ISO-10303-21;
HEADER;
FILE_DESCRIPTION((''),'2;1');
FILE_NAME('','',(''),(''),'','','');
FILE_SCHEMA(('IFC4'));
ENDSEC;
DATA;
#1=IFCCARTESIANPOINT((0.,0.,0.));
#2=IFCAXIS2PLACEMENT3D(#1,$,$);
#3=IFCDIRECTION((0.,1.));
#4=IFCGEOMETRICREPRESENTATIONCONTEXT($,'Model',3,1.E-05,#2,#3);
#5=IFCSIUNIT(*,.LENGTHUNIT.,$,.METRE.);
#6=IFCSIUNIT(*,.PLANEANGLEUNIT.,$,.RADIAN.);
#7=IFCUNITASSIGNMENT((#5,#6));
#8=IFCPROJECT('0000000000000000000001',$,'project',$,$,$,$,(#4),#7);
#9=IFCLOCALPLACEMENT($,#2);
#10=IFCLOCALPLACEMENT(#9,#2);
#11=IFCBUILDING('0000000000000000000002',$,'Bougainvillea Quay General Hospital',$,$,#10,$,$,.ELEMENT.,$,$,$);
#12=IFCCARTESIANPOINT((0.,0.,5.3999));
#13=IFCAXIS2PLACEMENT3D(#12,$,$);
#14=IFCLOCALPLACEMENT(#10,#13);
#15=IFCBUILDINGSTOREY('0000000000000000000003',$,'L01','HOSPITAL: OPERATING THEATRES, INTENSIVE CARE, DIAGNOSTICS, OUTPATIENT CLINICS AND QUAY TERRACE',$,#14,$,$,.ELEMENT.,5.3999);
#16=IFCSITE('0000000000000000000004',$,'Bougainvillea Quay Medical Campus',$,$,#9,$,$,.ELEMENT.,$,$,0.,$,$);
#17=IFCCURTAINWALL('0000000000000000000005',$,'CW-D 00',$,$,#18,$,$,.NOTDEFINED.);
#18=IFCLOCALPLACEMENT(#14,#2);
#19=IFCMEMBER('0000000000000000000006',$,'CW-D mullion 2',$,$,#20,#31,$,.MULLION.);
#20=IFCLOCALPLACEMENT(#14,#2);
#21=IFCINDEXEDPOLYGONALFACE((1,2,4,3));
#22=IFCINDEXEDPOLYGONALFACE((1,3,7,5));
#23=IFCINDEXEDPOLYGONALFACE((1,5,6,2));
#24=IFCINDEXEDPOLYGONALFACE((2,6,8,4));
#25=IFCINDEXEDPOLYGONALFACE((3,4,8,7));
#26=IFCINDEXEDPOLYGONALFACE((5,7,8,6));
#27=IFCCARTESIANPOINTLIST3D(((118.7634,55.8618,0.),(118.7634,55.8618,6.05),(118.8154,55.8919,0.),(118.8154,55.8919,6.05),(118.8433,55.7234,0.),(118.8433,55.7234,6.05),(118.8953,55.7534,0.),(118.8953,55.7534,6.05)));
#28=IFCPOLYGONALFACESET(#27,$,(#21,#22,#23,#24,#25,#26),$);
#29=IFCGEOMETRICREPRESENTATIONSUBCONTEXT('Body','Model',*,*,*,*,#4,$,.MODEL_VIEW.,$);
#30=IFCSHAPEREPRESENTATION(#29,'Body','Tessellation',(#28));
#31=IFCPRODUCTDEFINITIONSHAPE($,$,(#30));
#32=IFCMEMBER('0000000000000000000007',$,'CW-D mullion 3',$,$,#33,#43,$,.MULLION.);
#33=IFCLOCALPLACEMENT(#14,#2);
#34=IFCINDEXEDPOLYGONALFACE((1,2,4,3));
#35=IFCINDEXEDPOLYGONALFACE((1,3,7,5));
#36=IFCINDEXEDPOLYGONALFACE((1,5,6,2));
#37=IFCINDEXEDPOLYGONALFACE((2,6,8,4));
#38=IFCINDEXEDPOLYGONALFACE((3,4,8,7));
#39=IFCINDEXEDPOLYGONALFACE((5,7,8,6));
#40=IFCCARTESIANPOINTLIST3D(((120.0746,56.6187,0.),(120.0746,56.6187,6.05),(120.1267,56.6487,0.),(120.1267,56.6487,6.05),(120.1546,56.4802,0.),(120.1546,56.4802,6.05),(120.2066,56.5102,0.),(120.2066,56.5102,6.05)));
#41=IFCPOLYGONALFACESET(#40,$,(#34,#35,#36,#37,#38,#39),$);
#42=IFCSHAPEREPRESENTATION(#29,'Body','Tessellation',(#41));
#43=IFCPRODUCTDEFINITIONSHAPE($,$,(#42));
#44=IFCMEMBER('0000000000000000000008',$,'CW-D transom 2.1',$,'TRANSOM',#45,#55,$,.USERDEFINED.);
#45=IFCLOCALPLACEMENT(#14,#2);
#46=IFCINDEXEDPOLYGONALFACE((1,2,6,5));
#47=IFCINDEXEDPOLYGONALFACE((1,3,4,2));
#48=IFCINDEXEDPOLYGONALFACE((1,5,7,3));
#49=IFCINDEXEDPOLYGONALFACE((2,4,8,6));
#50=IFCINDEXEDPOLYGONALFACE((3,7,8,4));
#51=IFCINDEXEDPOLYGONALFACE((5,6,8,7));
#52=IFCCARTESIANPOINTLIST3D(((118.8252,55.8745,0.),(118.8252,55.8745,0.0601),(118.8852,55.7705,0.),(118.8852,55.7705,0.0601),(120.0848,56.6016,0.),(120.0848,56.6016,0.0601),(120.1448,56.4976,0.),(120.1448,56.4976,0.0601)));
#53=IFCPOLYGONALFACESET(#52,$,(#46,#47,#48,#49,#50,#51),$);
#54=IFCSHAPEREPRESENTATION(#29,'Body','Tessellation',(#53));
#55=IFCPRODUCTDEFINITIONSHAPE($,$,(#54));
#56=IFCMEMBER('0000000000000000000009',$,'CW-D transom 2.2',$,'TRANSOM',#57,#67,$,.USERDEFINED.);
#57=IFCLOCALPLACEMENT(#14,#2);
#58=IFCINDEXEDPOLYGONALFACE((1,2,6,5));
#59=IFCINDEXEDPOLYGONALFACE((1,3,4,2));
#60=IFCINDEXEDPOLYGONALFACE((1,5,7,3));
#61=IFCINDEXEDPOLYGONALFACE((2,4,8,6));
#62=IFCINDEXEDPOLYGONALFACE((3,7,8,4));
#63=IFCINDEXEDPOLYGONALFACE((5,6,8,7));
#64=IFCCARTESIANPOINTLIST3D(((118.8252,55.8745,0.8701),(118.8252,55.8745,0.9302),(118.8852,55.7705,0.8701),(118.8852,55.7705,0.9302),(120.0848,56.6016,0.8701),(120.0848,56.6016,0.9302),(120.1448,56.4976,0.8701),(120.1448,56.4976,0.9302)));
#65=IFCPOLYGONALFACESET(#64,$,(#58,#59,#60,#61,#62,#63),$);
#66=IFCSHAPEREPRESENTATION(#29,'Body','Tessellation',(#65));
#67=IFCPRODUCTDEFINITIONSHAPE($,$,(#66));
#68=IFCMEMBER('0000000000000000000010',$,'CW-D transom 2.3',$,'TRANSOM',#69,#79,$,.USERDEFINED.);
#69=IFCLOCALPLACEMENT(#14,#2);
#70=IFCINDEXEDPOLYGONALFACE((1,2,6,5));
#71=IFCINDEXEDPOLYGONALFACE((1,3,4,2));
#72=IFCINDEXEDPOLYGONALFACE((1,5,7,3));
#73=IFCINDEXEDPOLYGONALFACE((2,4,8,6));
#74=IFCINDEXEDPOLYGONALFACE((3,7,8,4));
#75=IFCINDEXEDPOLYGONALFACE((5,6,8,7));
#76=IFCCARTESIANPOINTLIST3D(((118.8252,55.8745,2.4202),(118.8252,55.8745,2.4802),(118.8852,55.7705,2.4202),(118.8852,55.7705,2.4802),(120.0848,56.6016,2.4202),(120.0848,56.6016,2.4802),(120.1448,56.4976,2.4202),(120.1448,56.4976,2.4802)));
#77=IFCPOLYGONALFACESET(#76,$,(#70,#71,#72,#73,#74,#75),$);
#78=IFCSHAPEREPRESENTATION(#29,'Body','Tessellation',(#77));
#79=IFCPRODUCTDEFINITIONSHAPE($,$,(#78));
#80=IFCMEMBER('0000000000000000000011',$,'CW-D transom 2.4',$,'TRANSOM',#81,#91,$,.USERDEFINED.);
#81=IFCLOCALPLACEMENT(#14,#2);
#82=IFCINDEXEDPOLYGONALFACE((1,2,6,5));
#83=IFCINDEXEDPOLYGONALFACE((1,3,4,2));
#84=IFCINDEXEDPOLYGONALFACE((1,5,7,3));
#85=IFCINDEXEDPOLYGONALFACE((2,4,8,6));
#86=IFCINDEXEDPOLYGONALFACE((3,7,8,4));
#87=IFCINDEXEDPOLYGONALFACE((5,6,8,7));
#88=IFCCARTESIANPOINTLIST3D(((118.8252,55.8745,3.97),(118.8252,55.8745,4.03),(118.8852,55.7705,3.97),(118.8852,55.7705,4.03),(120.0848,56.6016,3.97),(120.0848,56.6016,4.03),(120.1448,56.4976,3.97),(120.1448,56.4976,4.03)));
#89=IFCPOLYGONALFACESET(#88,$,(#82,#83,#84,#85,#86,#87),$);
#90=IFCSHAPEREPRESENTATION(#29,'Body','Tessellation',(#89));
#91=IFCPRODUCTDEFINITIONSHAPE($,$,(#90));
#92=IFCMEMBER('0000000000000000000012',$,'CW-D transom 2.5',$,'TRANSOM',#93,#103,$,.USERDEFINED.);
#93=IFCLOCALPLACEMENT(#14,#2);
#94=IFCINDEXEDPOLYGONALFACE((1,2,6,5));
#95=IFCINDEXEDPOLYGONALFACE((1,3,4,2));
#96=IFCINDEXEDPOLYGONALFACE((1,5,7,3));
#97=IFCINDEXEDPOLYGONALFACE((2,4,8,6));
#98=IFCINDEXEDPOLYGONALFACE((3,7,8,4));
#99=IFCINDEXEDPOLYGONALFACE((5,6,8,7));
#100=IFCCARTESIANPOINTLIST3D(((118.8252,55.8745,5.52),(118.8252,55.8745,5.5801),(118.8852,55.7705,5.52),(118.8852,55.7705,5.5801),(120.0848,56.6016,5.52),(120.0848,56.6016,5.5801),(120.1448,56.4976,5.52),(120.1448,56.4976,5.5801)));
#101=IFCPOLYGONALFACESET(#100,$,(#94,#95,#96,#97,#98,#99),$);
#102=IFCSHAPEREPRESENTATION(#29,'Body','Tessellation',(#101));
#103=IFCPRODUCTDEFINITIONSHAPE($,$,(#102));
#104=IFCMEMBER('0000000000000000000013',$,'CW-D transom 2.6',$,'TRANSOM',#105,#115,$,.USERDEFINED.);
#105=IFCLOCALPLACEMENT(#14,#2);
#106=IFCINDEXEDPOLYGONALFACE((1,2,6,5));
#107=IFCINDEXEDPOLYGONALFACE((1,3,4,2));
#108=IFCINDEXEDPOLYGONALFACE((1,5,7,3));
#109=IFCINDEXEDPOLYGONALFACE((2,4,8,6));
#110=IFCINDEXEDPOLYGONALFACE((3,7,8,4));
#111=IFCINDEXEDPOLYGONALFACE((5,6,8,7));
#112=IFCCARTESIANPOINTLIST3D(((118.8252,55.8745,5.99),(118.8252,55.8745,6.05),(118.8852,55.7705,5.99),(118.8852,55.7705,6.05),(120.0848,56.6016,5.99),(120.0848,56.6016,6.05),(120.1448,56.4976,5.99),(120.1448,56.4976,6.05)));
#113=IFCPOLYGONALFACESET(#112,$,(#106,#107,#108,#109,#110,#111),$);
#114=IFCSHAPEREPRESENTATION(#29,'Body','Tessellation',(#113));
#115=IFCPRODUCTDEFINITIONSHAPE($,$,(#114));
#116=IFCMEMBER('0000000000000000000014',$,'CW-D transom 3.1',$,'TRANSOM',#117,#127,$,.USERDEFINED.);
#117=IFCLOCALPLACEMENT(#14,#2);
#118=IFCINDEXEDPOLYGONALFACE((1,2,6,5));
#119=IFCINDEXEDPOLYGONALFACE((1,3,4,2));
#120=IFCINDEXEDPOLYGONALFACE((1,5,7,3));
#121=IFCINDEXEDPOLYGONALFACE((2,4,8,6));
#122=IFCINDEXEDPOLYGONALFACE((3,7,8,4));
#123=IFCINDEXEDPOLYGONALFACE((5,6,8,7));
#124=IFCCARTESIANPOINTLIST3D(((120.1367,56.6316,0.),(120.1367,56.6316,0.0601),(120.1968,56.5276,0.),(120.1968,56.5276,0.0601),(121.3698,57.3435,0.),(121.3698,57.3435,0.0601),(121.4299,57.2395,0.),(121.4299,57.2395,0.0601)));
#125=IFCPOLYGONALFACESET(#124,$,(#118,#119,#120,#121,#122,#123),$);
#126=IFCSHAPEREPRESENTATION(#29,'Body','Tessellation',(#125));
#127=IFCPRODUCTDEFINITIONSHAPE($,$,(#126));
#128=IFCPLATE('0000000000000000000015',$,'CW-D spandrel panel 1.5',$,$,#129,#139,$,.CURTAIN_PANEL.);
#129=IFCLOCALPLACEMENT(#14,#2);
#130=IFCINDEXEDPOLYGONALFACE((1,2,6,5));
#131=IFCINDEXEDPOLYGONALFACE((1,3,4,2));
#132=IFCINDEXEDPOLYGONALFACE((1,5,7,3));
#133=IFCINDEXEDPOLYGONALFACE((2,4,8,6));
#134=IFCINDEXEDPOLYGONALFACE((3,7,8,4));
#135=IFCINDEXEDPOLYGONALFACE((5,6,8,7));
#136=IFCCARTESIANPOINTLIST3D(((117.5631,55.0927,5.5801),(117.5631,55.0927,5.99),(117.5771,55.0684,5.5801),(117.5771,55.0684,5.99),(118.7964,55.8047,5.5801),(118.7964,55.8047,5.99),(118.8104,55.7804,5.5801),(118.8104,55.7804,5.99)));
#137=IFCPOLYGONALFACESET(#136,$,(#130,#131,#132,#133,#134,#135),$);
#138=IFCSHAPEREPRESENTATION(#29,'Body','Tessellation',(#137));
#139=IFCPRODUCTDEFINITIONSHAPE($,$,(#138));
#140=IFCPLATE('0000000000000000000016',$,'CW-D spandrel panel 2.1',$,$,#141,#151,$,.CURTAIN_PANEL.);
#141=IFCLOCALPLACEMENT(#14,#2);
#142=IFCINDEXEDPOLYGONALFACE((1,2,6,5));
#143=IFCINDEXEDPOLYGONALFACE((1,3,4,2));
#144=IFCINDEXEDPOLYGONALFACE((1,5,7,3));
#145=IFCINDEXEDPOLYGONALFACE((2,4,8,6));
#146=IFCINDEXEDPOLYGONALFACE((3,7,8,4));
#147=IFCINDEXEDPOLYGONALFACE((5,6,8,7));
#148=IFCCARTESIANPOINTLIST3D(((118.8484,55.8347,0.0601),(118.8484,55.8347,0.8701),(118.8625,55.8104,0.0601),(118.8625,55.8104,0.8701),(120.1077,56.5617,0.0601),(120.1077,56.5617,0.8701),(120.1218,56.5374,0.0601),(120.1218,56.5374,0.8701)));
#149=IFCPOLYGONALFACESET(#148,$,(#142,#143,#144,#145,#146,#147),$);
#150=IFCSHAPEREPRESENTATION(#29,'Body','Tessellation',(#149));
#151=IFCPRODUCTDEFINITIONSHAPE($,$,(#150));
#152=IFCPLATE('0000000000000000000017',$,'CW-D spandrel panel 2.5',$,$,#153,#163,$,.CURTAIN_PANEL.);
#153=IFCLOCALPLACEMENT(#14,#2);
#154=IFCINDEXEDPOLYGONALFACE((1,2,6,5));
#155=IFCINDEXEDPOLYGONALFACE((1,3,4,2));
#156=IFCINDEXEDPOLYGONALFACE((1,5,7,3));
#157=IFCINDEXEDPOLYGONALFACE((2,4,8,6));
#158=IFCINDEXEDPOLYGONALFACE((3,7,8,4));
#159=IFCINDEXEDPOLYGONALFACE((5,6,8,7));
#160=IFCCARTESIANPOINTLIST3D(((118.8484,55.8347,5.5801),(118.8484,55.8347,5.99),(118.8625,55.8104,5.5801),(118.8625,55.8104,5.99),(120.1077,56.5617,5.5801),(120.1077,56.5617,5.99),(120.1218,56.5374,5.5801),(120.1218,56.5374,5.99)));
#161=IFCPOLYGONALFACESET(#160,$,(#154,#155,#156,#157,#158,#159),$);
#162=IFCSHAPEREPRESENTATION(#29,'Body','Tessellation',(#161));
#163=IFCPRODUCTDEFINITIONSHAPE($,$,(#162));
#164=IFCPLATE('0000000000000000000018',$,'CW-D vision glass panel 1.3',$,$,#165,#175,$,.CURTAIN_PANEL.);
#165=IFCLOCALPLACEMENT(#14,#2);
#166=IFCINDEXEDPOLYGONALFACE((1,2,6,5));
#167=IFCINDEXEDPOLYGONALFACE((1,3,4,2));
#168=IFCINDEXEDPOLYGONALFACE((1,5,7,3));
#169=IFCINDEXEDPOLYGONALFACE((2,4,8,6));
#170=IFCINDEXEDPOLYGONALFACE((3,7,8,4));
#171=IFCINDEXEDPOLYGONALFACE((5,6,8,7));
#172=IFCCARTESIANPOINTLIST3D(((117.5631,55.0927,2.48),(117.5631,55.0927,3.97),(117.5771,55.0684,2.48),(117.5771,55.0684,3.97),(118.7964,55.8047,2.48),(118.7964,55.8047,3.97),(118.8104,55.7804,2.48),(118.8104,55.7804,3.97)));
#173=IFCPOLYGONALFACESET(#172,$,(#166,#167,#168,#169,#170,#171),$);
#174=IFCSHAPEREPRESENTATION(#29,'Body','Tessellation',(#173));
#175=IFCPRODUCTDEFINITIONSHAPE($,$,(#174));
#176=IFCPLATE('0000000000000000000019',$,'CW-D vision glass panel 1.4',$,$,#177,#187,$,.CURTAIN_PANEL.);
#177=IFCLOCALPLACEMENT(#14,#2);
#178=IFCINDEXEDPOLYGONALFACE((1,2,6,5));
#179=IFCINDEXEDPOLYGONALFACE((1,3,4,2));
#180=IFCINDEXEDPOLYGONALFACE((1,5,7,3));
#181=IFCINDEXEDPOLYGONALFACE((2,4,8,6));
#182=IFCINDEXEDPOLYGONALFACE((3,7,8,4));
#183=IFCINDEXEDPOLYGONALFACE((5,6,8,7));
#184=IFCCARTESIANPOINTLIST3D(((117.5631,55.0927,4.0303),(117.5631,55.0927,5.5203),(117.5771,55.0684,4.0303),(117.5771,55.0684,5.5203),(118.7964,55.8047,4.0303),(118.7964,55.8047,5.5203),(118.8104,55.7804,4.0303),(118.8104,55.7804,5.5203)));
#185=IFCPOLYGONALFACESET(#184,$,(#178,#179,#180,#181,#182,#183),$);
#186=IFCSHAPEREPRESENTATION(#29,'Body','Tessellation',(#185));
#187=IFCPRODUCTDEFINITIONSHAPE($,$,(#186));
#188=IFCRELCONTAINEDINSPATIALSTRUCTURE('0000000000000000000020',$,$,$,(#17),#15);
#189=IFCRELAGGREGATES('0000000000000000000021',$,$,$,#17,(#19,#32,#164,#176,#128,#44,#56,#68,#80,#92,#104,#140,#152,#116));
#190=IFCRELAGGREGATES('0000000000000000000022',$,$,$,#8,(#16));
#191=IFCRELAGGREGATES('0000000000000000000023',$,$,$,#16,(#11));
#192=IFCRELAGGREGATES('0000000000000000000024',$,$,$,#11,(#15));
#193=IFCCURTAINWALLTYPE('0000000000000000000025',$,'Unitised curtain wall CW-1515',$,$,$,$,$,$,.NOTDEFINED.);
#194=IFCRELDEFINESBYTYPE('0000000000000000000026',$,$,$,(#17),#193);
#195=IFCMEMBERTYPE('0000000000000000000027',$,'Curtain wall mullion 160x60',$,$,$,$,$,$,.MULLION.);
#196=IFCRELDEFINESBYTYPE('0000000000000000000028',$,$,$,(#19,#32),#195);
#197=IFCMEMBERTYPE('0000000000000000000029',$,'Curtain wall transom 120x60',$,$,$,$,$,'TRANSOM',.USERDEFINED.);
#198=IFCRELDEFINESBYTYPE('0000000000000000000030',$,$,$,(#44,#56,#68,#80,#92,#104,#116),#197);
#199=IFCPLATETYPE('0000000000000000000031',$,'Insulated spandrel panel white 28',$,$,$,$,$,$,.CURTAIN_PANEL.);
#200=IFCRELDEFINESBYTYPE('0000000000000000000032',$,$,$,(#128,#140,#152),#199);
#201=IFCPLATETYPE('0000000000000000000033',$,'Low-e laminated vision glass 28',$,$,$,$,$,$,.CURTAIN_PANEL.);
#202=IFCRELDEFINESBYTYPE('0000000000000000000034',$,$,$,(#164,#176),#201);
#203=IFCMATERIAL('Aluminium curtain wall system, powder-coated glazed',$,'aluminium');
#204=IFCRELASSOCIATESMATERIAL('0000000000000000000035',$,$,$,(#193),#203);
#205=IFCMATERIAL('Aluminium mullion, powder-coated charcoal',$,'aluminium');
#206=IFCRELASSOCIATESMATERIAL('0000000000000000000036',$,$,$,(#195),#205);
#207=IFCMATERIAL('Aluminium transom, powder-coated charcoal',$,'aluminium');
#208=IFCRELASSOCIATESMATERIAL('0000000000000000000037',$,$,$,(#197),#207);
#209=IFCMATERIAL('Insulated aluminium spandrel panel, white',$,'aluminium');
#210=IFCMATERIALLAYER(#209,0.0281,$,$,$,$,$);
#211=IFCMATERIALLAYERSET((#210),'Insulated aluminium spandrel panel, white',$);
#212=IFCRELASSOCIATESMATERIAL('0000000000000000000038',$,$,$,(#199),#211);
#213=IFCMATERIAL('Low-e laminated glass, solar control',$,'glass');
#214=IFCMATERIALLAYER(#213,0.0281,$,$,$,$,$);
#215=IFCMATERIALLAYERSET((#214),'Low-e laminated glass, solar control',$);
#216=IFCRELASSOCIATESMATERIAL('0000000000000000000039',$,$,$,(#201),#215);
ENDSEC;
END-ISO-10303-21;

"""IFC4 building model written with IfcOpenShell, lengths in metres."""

from ifc_helpers import new_model, si_unit, direction, frame, origin, origin_2d, place, context, subcontext, project, spatial, rectangle, extrude, material, layer, layer_set, material_profile, profile_set, type_object, element, aggregate, save


model = new_model("IFC4")

# Units and contexts
model_context = context("Model", 3, precision=1e-05, world=origin(), true_north=direction((0.0, 1.0)))
body_context = subcontext(model_context, "Body", "Model", "MODEL_VIEW")
ifc_project = project(units=[si_unit("LENGTHUNIT", "METRE"), si_unit("PLANEANGLEUNIT", "RADIAN")], contexts=[model_context])

# Site, building, storey
site_placement = place(None, origin())
site = spatial("IfcSite", under=ifc_project, at=site_placement, Name="Bougainvillea Quay Medical Campus", CompositionType="ELEMENT", RefElevation=0.0)
building_placement = place(site_placement, origin())
building = spatial("IfcBuilding", under=site, at=building_placement, Name="Bougainvillea Quay General Hospital", CompositionType="ELEMENT")
storey_placement = place(building_placement, frame((0.0, 0.0, 5.3999)))
storey = spatial("IfcBuildingStorey", under=building, at=storey_placement, Name="L01", Description="HOSPITAL: OPERATING THEATRES, INTENSIVE CARE, DIAGNOSTICS, OUTPATIENT CLINICS AND QUAY TERRACE", CompositionType="ELEMENT", Elevation=5.3999)

# Curtain wall, members, plates
ifc_material_1 = material(Name="Aluminium curtain wall system, powder-coated glazed", Category="aluminium")
curtain_wall_type = type_object("IfcCurtainWallType", Name="Unitised curtain wall CW-1515", PredefinedType="NOTDEFINED", material=ifc_material_1)
curtain_wall_placement = place(storey_placement, origin())
curtain_wall = element("IfcCurtainWall", 1, at=curtain_wall_placement, inside=storey, type_object=curtain_wall_type, Name="CW-D 00", PredefinedType="NOTDEFINED")
ifc_material_2 = material(Name="Aluminium mullion, powder-coated charcoal", Category="aluminium")
ifc_material_profile_1 = material_profile(ifc_material_2, rectangle(XDim=0.1599, YDim=0.0601, at=origin_2d()))
ifc_profile_set_1 = profile_set([ifc_material_profile_1], Name="Aluminium mullion, powder-coated charcoal")
member_type_1 = type_object("IfcMemberType", Name="Curtain wall mullion 160x60", PredefinedType="MULLION", material=ifc_profile_set_1)
member_1_placement = place(storey_placement, frame((118.8293, 55.8076, 0.0), z_axis=(0.0, 0.0, 1.0), x_axis=(-0.499965, 0.866046, 0.0)))
member_1 = element("IfcMember", 2, at=member_1_placement, type_object=member_type_1, Name="CW-D mullion 2", PredefinedType="MULLION", context=body_context, shape_type="SweptSolid", body=[
    extrude(rectangle(XDim=0.1599, YDim=0.0601, at=origin_2d()), origin(), (0.0, 0.0, 1.0), 6.05),
])
member_2_placement = place(storey_placement, frame((120.1406, 56.5645, 0.0), z_axis=(0.0, 0.0, 1.0), x_axis=(-0.499965, 0.866046, 0.0)))
member_2 = element("IfcMember", 3, at=member_2_placement, type_object=member_type_1, Name="CW-D mullion 3", PredefinedType="MULLION", context=body_context, shape_type="SweptSolid", body=[
    extrude(rectangle(XDim=0.1599, YDim=0.0601, at=origin_2d()), origin(), (0.0, 0.0, 1.0), 6.05),
])
ifc_material_3 = material(Name="Aluminium transom, powder-coated charcoal", Category="aluminium")
ifc_material_profile_2 = material_profile(ifc_material_3, rectangle(XDim=0.1201, YDim=0.0601, at=origin_2d()))
ifc_profile_set_2 = profile_set([ifc_material_profile_2], Name="Aluminium transom, powder-coated charcoal")
member_type_2 = type_object("IfcMemberType", Name="Curtain wall transom 120x60", ElementType="TRANSOM", PredefinedType="USERDEFINED", material=ifc_profile_set_2)
member_3_placement = place(storey_placement, frame((118.8552, 55.8225, 0.03), z_axis=(0.866065, 0.499931, 0.0), x_axis=(-0.499931, 0.866065, 0.0)))
member_3 = element("IfcMember", 4, at=member_3_placement, type_object=member_type_2, Name="CW-D transom 2.1", ObjectType="TRANSOM", PredefinedType="USERDEFINED", context=body_context, shape_type="SweptSolid", body=[
    extrude(rectangle(XDim=0.1201, YDim=0.0601, at=origin_2d()), origin(), (0.0, 0.0, 1.0), 1.4543),
])
member_4_placement = place(storey_placement, frame((118.8552, 55.8225, 0.9001), z_axis=(0.866065, 0.499931, 0.0), x_axis=(-0.499931, 0.866065, 0.0)))
member_4 = element("IfcMember", 5, at=member_4_placement, type_object=member_type_2, Name="CW-D transom 2.2", ObjectType="TRANSOM", PredefinedType="USERDEFINED", context=body_context, shape_type="SweptSolid", body=[
    extrude(rectangle(XDim=0.1201, YDim=0.0601, at=origin_2d()), origin(), (0.0, 0.0, 1.0), 1.4543),
])
member_5_placement = place(storey_placement, frame((118.8552, 55.8225, 2.4502), z_axis=(0.866065, 0.499931, 0.0), x_axis=(-0.499931, 0.866065, 0.0)))
member_5 = element("IfcMember", 6, at=member_5_placement, type_object=member_type_2, Name="CW-D transom 2.3", ObjectType="TRANSOM", PredefinedType="USERDEFINED", context=body_context, shape_type="SweptSolid", body=[
    extrude(rectangle(XDim=0.1201, YDim=0.0601, at=origin_2d()), origin(), (0.0, 0.0, 1.0), 1.4543),
])
member_6_placement = place(storey_placement, frame((118.8552, 55.8225, 4.0), z_axis=(0.866065, 0.499931, 0.0), x_axis=(-0.499931, 0.866065, 0.0)))
member_6 = element("IfcMember", 7, at=member_6_placement, type_object=member_type_2, Name="CW-D transom 2.4", ObjectType="TRANSOM", PredefinedType="USERDEFINED", context=body_context, shape_type="SweptSolid", body=[
    extrude(rectangle(XDim=0.1201, YDim=0.0601, at=origin_2d()), origin(), (0.0, 0.0, 1.0), 1.4543),
])
member_7_placement = place(storey_placement, frame((118.8552, 55.8225, 5.55), z_axis=(0.866065, 0.499931, 0.0), x_axis=(-0.499931, 0.866065, 0.0)))
member_7 = element("IfcMember", 8, at=member_7_placement, type_object=member_type_2, Name="CW-D transom 2.5", ObjectType="TRANSOM", PredefinedType="USERDEFINED", context=body_context, shape_type="SweptSolid", body=[
    extrude(rectangle(XDim=0.1201, YDim=0.0601, at=origin_2d()), origin(), (0.0, 0.0, 1.0), 1.4543),
])
member_8_placement = place(storey_placement, frame((118.8552, 55.8225, 6.02), z_axis=(0.866065, 0.499931, 0.0), x_axis=(-0.499931, 0.866065, 0.0)))
member_8 = element("IfcMember", 9, at=member_8_placement, type_object=member_type_2, Name="CW-D transom 2.6", ObjectType="TRANSOM", PredefinedType="USERDEFINED", context=body_context, shape_type="SweptSolid", body=[
    extrude(rectangle(XDim=0.1201, YDim=0.0601, at=origin_2d()), origin(), (0.0, 0.0, 1.0), 1.4543),
])
member_9_placement = place(storey_placement, frame((120.1667, 56.5796, 0.03), z_axis=(0.86604, 0.499975, 0.0), x_axis=(-0.499975, 0.86604, 0.0)))
member_9 = element("IfcMember", 10, at=member_9_placement, type_object=member_type_2, Name="CW-D transom 3.1", ObjectType="TRANSOM", PredefinedType="USERDEFINED", context=body_context, shape_type="SweptSolid", body=[
    extrude(rectangle(XDim=0.1201, YDim=0.0601, at=origin_2d()), origin(), (0.0, 0.0, 1.0), 1.4238),
])
ifc_material_4 = material(Name="Insulated aluminium spandrel panel, white", Category="aluminium")
ifc_layer_1 = layer(ifc_material_4, 0.0281)
ifc_layer_set_1 = layer_set([ifc_layer_1], Name="Insulated aluminium spandrel panel, white")
plate_type_1 = type_object("IfcPlateType", Name="Insulated spandrel panel white 28", PredefinedType="CURTAIN_PANEL", material=ifc_layer_set_1)
plate_1_placement = place(storey_placement, frame((118.1868, 55.4365, 5.5801), z_axis=(0.0, 0.0, 1.0), x_axis=(0.866046, 0.499965, 0.0)))
plate_1 = element("IfcPlate", 11, at=plate_1_placement, type_object=plate_type_1, Name="CW-D spandrel panel 1.5", PredefinedType="CURTAIN_PANEL", context=body_context, shape_type="SweptSolid", body=[
    extrude(rectangle(XDim=1.4241, YDim=0.0281, at=origin_2d()), origin(), (0.0, 0.0, 1.0), 0.4099),
])
plate_2_placement = place(storey_placement, frame((119.4851, 56.186, 0.0601), z_axis=(0.0, 0.0, 1.0), x_axis=(0.866046, 0.499965, 0.0)))
plate_2 = element("IfcPlate", 12, at=plate_2_placement, type_object=plate_type_1, Name="CW-D spandrel panel 2.1", PredefinedType="CURTAIN_PANEL", context=body_context, shape_type="SweptSolid", body=[
    extrude(rectangle(XDim=1.4541, YDim=0.0281, at=origin_2d()), origin(), (0.0, 0.0, 1.0), 0.8101),
])
plate_3_placement = place(storey_placement, frame((119.4851, 56.186, 5.5801), z_axis=(0.0, 0.0, 1.0), x_axis=(0.866046, 0.499965, 0.0)))
plate_3 = element("IfcPlate", 13, at=plate_3_placement, type_object=plate_type_1, Name="CW-D spandrel panel 2.5", PredefinedType="CURTAIN_PANEL", context=body_context, shape_type="SweptSolid", body=[
    extrude(rectangle(XDim=1.4541, YDim=0.0281, at=origin_2d()), origin(), (0.0, 0.0, 1.0), 0.4099),
])
ifc_material_5 = material(Name="Low-e laminated glass, solar control", Category="glass")
ifc_layer_2 = layer(ifc_material_5, 0.0281)
ifc_layer_set_2 = layer_set([ifc_layer_2], Name="Low-e laminated glass, solar control")
plate_type_2 = type_object("IfcPlateType", Name="Low-e laminated vision glass 28", PredefinedType="CURTAIN_PANEL", material=ifc_layer_set_2)
plate_4_placement = place(storey_placement, frame((118.1868, 55.4365, 2.48), z_axis=(0.0, 0.0, 1.0), x_axis=(0.866046, 0.499965, 0.0)))
plate_4 = element("IfcPlate", 14, at=plate_4_placement, type_object=plate_type_2, Name="CW-D vision glass panel 1.3", PredefinedType="CURTAIN_PANEL", context=body_context, shape_type="SweptSolid", body=[
    extrude(rectangle(XDim=1.4241, YDim=0.0281, at=origin_2d()), origin(), (0.0, 0.0, 1.0), 1.49),
])
plate_5_placement = place(storey_placement, frame((118.1868, 55.4365, 4.0303), z_axis=(0.0, 0.0, 1.0), x_axis=(0.866046, 0.499965, 0.0)))
plate_5 = element("IfcPlate", 15, at=plate_5_placement, type_object=plate_type_2, Name="CW-D vision glass panel 1.4", PredefinedType="CURTAIN_PANEL", context=body_context, shape_type="SweptSolid", body=[
    extrude(rectangle(XDim=1.4241, YDim=0.0281, at=origin_2d()), origin(), (0.0, 0.0, 1.0), 1.49),
])
aggregate(curtain_wall, [member_1, member_2, plate_4, plate_5, plate_1, member_3, member_4, member_5, member_6, member_7, member_8, plate_2, plate_3, member_9])

save(model, "model.ifc")
